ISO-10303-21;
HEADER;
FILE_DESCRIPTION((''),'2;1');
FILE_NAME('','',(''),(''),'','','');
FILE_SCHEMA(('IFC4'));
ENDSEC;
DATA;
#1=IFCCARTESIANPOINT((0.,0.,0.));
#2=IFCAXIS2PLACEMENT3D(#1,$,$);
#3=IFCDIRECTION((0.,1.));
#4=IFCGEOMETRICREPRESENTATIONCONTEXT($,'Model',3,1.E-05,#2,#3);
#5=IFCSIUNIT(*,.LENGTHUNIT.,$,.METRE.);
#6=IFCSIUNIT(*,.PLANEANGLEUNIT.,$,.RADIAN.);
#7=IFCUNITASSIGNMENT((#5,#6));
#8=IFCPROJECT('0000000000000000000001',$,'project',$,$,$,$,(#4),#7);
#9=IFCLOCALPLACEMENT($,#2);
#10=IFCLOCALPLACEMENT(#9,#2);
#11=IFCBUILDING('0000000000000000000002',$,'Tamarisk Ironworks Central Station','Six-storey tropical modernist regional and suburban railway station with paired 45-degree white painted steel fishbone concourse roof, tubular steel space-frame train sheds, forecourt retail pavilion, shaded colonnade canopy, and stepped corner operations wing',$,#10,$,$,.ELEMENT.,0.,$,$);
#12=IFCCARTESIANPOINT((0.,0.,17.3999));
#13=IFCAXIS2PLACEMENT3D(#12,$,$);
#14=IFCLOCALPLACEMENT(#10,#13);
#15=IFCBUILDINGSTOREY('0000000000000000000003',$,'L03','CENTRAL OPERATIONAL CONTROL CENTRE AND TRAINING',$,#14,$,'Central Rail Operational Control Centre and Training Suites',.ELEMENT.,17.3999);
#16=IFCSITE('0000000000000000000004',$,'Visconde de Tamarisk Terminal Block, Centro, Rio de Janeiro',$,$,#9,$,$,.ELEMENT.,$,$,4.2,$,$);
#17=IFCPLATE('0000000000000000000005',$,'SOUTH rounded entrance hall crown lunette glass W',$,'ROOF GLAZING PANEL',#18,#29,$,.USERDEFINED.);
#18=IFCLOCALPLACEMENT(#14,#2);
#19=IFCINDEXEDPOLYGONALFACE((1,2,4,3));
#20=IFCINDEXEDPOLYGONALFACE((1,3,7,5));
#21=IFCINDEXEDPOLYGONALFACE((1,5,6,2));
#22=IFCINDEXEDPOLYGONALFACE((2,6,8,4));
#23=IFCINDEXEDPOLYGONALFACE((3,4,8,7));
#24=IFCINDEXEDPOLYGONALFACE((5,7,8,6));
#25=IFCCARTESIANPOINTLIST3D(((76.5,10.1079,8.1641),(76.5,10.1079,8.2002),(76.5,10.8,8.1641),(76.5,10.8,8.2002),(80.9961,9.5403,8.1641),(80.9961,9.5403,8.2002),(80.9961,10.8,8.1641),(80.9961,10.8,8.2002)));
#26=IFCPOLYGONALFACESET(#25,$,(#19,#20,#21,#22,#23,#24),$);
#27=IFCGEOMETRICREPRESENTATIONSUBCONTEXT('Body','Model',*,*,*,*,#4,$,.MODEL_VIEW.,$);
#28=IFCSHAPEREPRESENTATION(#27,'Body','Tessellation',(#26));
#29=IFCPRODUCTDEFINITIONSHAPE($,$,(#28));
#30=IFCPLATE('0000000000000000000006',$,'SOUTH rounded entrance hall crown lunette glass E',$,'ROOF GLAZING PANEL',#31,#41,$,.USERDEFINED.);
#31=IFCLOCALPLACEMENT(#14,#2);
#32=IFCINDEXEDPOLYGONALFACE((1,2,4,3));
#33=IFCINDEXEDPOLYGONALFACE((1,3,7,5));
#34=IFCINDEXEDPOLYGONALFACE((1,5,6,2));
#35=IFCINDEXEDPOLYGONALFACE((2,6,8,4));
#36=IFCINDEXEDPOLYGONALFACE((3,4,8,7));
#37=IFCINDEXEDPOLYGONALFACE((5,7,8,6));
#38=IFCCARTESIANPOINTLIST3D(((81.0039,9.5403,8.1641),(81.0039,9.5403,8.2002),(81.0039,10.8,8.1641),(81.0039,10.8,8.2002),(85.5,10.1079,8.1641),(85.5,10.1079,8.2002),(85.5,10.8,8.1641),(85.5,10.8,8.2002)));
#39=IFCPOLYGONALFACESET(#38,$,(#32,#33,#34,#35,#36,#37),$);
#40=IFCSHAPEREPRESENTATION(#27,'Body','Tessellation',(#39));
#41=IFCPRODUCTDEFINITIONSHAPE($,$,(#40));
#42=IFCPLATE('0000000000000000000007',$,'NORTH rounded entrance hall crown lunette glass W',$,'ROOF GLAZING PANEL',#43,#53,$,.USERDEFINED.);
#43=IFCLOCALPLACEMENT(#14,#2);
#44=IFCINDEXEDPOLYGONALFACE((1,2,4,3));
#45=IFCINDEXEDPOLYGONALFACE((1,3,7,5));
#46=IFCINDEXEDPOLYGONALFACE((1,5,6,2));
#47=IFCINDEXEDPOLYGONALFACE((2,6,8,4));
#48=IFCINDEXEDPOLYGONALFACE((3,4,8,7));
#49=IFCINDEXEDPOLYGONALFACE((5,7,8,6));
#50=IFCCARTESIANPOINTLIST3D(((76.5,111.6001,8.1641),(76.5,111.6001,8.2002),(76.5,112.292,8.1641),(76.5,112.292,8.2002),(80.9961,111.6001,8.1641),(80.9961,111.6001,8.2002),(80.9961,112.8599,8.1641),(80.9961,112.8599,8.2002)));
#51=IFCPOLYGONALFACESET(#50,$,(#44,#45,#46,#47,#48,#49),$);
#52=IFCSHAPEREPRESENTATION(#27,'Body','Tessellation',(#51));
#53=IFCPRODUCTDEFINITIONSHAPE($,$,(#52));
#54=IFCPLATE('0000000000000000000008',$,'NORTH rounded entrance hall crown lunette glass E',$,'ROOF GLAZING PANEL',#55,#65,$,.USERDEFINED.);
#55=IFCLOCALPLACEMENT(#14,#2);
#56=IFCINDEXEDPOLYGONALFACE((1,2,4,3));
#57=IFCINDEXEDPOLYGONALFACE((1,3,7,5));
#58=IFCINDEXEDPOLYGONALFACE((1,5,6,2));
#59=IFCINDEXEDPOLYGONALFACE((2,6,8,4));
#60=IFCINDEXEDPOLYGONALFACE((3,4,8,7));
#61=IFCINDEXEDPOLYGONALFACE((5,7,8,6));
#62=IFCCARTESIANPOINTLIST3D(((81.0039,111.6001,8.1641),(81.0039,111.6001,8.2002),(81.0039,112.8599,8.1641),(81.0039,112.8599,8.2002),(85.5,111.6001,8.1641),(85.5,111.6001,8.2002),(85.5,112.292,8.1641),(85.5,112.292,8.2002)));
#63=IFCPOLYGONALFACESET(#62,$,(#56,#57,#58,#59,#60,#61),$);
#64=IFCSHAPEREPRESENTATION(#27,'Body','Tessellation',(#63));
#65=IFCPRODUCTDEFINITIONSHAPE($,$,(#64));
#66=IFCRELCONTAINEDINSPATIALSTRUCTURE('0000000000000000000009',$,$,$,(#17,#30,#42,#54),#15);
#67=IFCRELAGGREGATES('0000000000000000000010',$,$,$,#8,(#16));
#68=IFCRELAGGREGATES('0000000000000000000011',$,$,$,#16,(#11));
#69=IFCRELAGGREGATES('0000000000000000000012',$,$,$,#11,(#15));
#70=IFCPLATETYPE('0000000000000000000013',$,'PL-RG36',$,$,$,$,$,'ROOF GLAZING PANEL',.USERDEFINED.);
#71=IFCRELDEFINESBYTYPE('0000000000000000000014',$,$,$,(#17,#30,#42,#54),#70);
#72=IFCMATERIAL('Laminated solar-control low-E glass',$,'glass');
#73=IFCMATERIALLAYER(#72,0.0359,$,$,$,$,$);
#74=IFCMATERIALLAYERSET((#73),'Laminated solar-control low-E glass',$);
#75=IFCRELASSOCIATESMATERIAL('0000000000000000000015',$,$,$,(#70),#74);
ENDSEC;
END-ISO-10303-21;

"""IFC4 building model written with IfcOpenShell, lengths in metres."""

from ifc_helpers import new_model, si_unit, direction, frame, origin, place, context, subcontext, project, spatial, polyline, outline, extrude, material, layer, layer_set, type_object, element, save


model = new_model("IFC4")

# Units and contexts
model_context = context("Model", 3, precision=1e-05, world=origin(), true_north=direction((0.0, 1.0)))
body_context = subcontext(model_context, "Body", "Model", "MODEL_VIEW")
ifc_project = project(units=[si_unit("LENGTHUNIT", "METRE"), si_unit("PLANEANGLEUNIT", "RADIAN")], contexts=[model_context])

# Site, building, storey
site_placement = place(None, origin())
site = spatial("IfcSite", under=ifc_project, at=site_placement, Name="Visconde de Tamarisk Terminal Block, Centro, Rio de Janeiro", CompositionType="ELEMENT", RefElevation=4.2)
building_placement = place(site_placement, origin())
building = spatial("IfcBuilding", under=site, at=building_placement, Name="Tamarisk Ironworks Central Station", Description="Six-storey tropical modernist regional and suburban railway station with paired 45-degree white painted steel fishbone concourse roof, tubular steel space-frame train sheds, forecourt retail pavilion, shaded colonnade canopy, and stepped corner operations wing", CompositionType="ELEMENT", ElevationOfRefHeight=0.0)
storey_placement = place(building_placement, frame((0.0, 0.0, 17.3999)))
storey = spatial("IfcBuildingStorey", under=building, at=storey_placement, Name="L03", Description="CENTRAL OPERATIONAL CONTROL CENTRE AND TRAINING", LongName="Central Rail Operational Control Centre and Training Suites", CompositionType="ELEMENT", Elevation=17.3999)

# Plates
ifc_material = material(Name="Laminated solar-control low-E glass", Category="glass")
ifc_layer = layer(ifc_material, 0.0359)
ifc_layer_set = layer_set([ifc_layer], Name="Laminated solar-control low-E glass")
plate_type = type_object("IfcPlateType", Name="PL-RG36", ElementType="ROOF GLAZING PANEL", PredefinedType="USERDEFINED", material=ifc_layer_set)
plate_1_placement = place(storey_placement, frame((0.0, 0.0, 8.1641)))
element("IfcPlate", 1, at=plate_1_placement, inside=storey, type_object=plate_type, Name="SOUTH rounded entrance hall crown lunette glass W", ObjectType="ROOF GLAZING PANEL", PredefinedType="USERDEFINED", context=body_context, shape_type="SweptSolid", body=[
    extrude(outline(polyline([(76.5, 10.1079), (80.9961, 9.5403), (80.9961, 10.8), (76.5, 10.8), (76.5, 10.1079)])), origin(), (0.0, 0.0, 1.0), 0.0361),
])
plate_2_placement = place(storey_placement, frame((0.0, 0.0, 8.1641)))
element("IfcPlate", 2, at=plate_2_placement, inside=storey, type_object=plate_type, Name="SOUTH rounded entrance hall crown lunette glass E", ObjectType="ROOF GLAZING PANEL", PredefinedType="USERDEFINED", context=body_context, shape_type="SweptSolid", body=[
    extrude(outline(polyline([(81.0039, 9.5403), (85.5, 10.1079), (85.5, 10.8), (81.0039, 10.8), (81.0039, 9.5403)])), origin(), (0.0, 0.0, 1.0), 0.0361),
])
plate_3_placement = place(storey_placement, frame((0.0, 0.0, 8.1641)))
element("IfcPlate", 3, at=plate_3_placement, inside=storey, type_object=plate_type, Name="NORTH rounded entrance hall crown lunette glass W", ObjectType="ROOF GLAZING PANEL", PredefinedType="USERDEFINED", context=body_context, shape_type="SweptSolid", body=[
    extrude(outline(polyline([(76.5, 111.6001), (80.9961, 111.6001), (80.9961, 112.8599), (76.5, 112.292), (76.5, 111.6001)])), origin(), (0.0, 0.0, 1.0), 0.0361),
])
plate_4_placement = place(storey_placement, frame((0.0, 0.0, 8.1641)))
element("IfcPlate", 4, at=plate_4_placement, inside=storey, type_object=plate_type, Name="NORTH rounded entrance hall crown lunette glass E", ObjectType="ROOF GLAZING PANEL", PredefinedType="USERDEFINED", context=body_context, shape_type="SweptSolid", body=[
    extrude(outline(polyline([(81.0039, 111.6001), (85.5, 111.6001), (85.5, 112.292), (81.0039, 112.8599), (81.0039, 111.6001)])), origin(), (0.0, 0.0, 1.0), 0.0361),
])

save(model, "model.ifc")
